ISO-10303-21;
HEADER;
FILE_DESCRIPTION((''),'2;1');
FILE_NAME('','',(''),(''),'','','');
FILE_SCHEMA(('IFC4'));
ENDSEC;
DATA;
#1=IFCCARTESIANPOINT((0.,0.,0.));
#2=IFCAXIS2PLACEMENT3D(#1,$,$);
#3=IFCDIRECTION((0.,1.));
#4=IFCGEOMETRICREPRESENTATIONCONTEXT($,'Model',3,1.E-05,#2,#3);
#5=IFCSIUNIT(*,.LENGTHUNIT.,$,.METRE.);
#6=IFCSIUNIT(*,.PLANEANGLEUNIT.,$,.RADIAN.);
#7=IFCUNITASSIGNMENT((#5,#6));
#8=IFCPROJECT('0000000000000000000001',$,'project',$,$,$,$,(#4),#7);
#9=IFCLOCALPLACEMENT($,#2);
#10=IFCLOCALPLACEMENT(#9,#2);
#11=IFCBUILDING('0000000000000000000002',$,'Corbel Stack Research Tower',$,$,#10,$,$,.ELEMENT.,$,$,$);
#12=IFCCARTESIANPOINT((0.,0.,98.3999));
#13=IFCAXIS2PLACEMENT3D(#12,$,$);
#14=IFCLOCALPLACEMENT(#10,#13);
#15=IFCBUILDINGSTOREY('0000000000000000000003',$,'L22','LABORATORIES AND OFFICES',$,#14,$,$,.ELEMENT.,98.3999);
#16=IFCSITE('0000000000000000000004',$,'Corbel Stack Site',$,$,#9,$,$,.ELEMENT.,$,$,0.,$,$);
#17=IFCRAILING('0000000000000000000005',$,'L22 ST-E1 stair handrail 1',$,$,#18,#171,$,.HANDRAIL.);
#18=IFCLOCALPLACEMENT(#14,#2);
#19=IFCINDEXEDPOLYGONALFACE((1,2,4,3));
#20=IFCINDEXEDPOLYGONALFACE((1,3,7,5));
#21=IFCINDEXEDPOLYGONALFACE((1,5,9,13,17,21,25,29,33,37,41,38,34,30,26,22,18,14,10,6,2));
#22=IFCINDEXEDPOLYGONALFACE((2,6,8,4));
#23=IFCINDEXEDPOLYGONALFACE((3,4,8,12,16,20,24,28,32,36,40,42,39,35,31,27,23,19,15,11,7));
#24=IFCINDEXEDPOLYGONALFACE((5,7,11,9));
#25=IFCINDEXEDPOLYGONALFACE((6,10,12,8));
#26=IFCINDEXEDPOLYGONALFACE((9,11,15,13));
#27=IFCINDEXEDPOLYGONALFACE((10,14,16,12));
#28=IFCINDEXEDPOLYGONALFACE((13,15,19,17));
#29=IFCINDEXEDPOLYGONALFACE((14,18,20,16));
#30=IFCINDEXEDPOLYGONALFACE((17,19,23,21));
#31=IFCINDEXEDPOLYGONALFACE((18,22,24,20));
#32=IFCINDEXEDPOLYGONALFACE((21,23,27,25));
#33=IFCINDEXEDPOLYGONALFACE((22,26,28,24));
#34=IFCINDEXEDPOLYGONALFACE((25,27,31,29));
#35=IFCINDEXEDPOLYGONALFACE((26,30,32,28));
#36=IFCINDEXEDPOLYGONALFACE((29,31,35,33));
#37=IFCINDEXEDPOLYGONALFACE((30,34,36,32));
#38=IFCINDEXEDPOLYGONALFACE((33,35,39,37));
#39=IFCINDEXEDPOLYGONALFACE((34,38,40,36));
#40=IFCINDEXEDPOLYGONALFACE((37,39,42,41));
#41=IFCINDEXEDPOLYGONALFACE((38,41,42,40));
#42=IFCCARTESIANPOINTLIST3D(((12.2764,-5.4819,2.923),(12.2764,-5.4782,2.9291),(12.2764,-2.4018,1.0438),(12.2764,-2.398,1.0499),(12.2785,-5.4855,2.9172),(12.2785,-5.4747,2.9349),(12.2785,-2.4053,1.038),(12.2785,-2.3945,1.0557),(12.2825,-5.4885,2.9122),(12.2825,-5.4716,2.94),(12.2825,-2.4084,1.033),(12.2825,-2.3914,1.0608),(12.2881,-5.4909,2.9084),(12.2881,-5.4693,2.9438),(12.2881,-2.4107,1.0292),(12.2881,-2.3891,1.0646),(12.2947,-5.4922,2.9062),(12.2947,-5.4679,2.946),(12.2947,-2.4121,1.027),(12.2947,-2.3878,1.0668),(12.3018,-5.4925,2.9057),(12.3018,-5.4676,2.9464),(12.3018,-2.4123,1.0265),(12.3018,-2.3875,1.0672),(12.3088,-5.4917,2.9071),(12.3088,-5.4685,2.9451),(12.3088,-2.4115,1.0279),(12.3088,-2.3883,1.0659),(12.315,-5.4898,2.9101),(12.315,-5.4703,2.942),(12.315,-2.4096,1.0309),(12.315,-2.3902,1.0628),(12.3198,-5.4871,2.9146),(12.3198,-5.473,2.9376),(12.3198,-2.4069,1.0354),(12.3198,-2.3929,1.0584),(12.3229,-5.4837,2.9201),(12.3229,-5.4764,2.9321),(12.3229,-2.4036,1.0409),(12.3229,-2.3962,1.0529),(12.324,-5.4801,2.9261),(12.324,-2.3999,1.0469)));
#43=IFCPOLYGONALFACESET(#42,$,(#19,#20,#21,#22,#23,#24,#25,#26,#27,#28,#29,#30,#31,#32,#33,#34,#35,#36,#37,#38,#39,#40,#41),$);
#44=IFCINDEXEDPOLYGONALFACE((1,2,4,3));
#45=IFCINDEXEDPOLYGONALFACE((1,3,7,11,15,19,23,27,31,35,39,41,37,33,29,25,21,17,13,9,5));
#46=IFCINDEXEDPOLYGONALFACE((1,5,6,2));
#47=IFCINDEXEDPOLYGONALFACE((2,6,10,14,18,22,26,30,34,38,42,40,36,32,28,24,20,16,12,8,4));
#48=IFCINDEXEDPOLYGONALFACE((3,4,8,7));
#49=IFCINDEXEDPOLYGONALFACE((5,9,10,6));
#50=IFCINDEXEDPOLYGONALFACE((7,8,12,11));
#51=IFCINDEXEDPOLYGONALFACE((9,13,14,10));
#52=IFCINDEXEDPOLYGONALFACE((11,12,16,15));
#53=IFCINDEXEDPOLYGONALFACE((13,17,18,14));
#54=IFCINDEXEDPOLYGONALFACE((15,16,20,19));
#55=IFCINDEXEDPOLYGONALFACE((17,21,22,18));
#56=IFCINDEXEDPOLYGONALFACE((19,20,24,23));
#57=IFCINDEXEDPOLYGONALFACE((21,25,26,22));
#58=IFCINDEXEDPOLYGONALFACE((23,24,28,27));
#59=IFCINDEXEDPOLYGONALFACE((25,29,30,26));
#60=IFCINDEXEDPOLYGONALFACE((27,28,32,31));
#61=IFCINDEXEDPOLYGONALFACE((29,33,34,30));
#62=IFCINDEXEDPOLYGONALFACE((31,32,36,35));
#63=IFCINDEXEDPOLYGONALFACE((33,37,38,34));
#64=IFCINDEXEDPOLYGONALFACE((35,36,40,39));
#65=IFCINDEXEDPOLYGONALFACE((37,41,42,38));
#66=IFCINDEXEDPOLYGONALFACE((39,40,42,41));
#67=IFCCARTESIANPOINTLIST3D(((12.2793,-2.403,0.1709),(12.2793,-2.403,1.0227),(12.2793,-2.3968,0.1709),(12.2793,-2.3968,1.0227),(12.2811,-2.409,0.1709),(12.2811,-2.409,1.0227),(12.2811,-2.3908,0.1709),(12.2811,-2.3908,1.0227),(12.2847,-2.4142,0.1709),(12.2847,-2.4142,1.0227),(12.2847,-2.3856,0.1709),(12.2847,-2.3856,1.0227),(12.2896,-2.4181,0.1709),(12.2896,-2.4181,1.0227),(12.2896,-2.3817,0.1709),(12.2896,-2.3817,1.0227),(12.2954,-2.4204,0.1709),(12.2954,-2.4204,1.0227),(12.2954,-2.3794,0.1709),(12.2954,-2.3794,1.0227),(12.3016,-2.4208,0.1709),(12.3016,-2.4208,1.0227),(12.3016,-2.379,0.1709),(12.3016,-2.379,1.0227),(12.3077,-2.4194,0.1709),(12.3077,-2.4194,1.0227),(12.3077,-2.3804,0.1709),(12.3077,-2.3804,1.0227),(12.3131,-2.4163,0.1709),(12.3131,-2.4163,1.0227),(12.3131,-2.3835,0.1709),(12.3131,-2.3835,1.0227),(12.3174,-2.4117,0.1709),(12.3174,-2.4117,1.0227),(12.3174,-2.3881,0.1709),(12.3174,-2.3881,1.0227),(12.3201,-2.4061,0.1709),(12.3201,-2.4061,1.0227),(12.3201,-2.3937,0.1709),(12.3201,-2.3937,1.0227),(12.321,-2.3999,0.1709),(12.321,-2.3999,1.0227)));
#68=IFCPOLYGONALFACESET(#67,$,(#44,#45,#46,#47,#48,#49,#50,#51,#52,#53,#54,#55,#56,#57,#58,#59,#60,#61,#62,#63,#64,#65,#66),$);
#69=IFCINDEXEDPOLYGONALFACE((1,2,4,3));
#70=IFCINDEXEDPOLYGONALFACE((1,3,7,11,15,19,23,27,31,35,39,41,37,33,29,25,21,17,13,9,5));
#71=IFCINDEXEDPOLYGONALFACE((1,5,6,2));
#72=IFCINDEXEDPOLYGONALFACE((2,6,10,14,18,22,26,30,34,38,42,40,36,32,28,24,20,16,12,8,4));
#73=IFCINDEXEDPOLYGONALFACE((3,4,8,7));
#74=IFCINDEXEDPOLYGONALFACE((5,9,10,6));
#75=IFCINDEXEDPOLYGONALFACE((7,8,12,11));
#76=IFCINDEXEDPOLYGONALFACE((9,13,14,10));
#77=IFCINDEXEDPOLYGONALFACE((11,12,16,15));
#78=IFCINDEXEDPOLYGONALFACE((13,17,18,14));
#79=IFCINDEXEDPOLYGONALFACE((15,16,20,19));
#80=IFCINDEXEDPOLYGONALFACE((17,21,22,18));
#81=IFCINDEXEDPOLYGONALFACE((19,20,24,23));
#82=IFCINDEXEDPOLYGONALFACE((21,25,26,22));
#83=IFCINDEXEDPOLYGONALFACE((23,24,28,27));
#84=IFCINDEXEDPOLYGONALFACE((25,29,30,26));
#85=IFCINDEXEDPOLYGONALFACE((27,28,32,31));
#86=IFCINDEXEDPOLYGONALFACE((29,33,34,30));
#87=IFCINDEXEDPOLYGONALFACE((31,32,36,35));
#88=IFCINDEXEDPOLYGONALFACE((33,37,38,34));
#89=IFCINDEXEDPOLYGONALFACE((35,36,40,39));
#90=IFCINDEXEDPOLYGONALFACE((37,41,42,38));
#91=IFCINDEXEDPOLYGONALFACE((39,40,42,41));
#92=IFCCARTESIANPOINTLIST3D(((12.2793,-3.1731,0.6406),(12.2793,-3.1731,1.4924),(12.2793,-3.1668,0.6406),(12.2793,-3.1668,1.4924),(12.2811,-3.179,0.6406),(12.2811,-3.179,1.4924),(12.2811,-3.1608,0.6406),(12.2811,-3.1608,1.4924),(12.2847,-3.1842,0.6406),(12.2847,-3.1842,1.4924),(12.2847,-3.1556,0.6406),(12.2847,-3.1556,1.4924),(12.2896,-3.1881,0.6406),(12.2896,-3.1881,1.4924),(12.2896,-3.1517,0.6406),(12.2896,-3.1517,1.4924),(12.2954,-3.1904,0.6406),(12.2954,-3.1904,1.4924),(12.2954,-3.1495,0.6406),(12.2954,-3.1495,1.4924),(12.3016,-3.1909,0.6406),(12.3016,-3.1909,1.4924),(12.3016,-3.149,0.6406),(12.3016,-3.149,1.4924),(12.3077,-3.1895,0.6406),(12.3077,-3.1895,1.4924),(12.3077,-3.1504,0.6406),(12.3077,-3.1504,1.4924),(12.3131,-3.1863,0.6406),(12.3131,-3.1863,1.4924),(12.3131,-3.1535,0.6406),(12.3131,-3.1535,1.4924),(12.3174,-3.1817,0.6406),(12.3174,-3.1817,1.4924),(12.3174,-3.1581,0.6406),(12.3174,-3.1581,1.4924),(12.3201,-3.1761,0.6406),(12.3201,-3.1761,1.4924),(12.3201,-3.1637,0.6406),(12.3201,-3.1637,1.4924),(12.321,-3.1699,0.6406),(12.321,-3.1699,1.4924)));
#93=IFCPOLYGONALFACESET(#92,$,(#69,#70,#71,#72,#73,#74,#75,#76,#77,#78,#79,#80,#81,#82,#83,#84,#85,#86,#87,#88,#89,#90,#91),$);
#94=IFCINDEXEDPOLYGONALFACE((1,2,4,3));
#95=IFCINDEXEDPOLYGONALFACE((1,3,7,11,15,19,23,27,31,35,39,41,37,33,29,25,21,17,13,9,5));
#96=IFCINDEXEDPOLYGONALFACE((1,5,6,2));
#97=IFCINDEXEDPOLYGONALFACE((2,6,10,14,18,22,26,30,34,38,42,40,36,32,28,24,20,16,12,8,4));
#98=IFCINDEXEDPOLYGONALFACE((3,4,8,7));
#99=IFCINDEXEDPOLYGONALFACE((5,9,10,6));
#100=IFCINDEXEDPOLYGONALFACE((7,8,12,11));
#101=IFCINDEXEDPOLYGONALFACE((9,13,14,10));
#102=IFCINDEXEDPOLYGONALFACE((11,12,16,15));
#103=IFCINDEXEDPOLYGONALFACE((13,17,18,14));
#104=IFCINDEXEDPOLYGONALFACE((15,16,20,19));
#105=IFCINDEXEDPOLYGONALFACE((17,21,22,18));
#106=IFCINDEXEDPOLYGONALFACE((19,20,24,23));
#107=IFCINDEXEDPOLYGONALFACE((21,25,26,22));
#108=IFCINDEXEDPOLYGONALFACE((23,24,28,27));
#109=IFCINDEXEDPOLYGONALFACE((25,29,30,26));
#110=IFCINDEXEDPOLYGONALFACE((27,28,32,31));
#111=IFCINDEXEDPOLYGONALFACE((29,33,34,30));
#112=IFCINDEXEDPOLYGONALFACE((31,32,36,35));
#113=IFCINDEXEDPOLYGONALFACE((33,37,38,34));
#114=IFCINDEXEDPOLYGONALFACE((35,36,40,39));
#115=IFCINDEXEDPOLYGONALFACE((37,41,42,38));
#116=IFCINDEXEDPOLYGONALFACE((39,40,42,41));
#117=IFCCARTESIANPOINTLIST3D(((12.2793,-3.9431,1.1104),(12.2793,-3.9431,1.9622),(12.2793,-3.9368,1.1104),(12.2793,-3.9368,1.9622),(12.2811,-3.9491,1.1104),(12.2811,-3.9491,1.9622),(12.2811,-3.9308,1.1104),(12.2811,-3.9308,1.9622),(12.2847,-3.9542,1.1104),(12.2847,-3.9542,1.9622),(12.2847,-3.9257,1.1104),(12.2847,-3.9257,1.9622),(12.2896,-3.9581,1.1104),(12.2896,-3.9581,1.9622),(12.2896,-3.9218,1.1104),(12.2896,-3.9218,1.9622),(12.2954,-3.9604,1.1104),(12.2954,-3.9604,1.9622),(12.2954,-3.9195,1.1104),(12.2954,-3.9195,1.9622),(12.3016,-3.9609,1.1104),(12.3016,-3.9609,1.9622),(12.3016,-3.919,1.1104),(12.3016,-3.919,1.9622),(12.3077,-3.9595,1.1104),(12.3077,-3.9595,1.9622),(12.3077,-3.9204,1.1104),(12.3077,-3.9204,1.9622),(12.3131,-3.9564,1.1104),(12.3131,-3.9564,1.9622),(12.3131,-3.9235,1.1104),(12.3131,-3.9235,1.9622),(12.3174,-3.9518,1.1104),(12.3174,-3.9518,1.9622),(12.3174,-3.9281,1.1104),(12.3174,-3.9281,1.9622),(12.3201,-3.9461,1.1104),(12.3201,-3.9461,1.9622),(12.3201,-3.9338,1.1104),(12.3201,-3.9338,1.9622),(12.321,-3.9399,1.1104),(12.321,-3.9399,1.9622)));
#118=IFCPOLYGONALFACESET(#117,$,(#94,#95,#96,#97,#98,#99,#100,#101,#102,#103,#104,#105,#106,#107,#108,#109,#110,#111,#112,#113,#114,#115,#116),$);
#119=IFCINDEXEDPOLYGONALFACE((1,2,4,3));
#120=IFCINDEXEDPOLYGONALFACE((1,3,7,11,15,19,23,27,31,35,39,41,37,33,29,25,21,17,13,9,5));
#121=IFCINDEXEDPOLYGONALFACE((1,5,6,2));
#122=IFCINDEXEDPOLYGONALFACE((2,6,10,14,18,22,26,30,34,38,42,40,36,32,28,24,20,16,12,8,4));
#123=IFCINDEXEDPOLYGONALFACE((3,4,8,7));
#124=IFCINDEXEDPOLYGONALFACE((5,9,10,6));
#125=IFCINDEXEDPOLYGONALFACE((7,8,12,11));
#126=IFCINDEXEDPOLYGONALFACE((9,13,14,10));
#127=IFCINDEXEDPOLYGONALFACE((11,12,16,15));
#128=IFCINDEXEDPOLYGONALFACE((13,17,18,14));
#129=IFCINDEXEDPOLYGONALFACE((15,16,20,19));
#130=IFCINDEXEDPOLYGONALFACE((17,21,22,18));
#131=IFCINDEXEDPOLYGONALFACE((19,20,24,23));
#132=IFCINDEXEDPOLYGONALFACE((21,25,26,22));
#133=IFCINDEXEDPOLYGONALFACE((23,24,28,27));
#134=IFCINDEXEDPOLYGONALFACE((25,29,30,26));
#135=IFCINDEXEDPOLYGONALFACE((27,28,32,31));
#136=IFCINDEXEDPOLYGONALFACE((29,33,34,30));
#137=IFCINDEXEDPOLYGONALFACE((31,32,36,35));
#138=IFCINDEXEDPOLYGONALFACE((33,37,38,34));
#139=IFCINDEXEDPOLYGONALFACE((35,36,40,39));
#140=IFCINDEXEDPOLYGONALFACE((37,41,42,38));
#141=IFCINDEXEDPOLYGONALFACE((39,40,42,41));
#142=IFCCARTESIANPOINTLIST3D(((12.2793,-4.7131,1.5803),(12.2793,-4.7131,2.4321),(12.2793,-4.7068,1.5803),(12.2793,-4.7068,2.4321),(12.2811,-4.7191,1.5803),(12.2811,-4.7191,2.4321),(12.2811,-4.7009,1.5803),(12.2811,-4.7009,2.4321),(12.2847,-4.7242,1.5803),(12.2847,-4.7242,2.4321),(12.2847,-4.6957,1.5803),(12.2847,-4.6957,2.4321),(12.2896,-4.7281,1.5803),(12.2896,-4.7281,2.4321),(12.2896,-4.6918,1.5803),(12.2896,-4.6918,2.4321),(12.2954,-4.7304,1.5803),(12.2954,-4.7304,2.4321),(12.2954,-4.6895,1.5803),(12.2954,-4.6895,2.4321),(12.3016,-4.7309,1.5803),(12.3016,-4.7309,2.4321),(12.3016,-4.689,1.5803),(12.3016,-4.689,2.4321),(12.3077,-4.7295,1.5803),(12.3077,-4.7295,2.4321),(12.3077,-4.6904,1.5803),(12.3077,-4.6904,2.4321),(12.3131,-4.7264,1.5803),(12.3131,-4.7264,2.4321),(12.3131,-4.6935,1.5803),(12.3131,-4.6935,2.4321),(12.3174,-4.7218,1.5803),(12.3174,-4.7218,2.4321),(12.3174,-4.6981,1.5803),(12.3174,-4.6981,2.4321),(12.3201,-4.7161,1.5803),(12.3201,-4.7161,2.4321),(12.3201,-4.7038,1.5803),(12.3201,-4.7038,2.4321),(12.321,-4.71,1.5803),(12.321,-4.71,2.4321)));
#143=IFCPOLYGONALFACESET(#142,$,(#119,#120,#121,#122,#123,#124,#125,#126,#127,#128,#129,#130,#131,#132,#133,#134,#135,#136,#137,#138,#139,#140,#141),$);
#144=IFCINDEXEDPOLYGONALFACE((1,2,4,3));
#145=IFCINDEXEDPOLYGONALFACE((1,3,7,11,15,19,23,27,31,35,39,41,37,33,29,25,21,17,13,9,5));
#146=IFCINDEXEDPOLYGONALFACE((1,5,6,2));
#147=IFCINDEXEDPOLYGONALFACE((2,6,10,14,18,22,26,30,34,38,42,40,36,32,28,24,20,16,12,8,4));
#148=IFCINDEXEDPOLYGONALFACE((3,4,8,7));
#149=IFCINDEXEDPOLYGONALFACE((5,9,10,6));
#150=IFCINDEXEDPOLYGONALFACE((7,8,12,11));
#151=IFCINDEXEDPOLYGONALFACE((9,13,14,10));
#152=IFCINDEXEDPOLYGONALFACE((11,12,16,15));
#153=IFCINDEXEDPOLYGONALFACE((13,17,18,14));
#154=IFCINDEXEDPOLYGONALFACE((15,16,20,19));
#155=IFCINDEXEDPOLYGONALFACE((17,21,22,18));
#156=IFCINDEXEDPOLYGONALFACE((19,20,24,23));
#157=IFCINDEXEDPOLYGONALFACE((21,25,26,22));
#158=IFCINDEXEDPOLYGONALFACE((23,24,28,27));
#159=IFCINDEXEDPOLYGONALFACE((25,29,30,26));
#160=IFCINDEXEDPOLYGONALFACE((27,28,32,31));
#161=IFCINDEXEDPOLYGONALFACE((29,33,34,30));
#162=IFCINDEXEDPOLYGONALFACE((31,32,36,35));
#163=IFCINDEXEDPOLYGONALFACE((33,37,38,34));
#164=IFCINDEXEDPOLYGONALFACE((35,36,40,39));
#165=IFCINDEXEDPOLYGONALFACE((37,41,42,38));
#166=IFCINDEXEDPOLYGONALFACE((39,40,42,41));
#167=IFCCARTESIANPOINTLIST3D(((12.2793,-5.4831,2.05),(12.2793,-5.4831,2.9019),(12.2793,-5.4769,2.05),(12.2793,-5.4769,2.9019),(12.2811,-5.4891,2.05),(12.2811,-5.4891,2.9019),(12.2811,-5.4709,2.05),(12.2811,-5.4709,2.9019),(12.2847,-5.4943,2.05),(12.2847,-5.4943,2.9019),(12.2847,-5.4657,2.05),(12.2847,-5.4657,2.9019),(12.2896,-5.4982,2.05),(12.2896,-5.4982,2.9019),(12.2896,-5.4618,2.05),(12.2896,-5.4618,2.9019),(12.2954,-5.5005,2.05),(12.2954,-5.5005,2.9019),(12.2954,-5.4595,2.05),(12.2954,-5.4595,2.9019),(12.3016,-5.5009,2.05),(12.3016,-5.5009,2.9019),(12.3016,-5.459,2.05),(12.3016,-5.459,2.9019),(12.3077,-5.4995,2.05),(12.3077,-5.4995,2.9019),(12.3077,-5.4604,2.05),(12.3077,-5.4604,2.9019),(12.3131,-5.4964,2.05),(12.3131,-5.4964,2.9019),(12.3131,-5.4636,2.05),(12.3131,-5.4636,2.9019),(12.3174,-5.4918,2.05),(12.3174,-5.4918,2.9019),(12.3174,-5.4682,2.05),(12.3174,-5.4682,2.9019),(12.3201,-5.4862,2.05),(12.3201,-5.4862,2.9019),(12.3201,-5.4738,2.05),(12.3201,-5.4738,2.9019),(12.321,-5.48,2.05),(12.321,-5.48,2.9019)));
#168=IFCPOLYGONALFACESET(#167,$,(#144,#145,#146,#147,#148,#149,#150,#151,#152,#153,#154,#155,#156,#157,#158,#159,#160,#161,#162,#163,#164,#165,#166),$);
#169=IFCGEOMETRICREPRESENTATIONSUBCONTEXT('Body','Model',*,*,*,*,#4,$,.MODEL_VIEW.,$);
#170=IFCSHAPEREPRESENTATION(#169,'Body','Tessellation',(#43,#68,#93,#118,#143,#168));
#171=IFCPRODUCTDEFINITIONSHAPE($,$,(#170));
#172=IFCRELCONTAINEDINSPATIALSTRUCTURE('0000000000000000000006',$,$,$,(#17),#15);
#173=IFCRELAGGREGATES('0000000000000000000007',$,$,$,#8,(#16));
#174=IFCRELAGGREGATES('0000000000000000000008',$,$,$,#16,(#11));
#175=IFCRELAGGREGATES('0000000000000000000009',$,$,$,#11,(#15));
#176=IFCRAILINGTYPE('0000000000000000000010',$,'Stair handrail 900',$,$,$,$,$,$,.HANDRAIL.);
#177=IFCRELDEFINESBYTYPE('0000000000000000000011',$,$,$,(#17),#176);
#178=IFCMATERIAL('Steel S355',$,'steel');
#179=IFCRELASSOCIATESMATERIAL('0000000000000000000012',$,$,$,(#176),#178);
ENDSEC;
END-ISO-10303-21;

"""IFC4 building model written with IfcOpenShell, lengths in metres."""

from ifc_helpers import new_model, si_unit, direction, frame, origin, origin_2d, place, context, subcontext, project, spatial, circle, extrude, material, type_object, element, save


model = new_model("IFC4")

# Units and contexts
model_context = context("Model", 3, precision=1e-05, world=origin(), true_north=direction((0.0, 1.0)))
body_context = subcontext(model_context, "Body", "Model", "MODEL_VIEW")
ifc_project = project(units=[si_unit("LENGTHUNIT", "METRE"), si_unit("PLANEANGLEUNIT", "RADIAN")], contexts=[model_context])

# Site, building, storey
site_placement = place(None, origin())
site = spatial("IfcSite", under=ifc_project, at=site_placement, Name="Corbel Stack Site", CompositionType="ELEMENT", RefElevation=0.0)
building_placement = place(site_placement, origin())
building = spatial("IfcBuilding", under=site, at=building_placement, Name="Corbel Stack Research Tower", CompositionType="ELEMENT")
storey_placement = place(building_placement, frame((0.0, 0.0, 98.3999)))
storey = spatial("IfcBuildingStorey", under=building, at=storey_placement, Name="L22", Description="LABORATORIES AND OFFICES", CompositionType="ELEMENT", Elevation=98.3999)

# Railing
ifc_material_1 = material(Name="Steel S355", Category="steel")
railing_type_1 = type_object("IfcRailingType", Name="Stair handrail 900", PredefinedType="HANDRAIL", material=ifc_material_1)
railing_1_placement = place(storey_placement, frame((12.3, -2.3999, 0.1709)))
element("IfcRailing", 1, at=railing_1_placement, inside=storey, type_object=railing_type_1, Name="L22 ST-E1 stair handrail 1", PredefinedType="HANDRAIL", context=body_context, shape_type="SweptSolid", body=[
    extrude(circle(Radius=0.0239, at=origin_2d()), frame((0.0, 0.0, 0.876), z_axis=(0.0, -0.853666, 0.52082), x_axis=(1.0, 0.0, 0.0)), (0.0, 0.0, 1.0), 3.6082),
    extrude(circle(Radius=0.021, at=origin_2d()), origin(), (0.0, 0.0, 1.0), 0.8518),
    extrude(circle(Radius=0.021, at=origin_2d()), frame((0.0, -0.77, 0.4697)), (0.0, 0.0, 1.0), 0.8518),
    extrude(circle(Radius=0.021, at=origin_2d()), frame((0.0, -1.54, 0.9395)), (0.0, 0.0, 1.0), 0.8518),
    extrude(circle(Radius=0.021, at=origin_2d()), frame((0.0, -2.3101, 1.4094)), (0.0, 0.0, 1.0), 0.8518),
    extrude(circle(Radius=0.021, at=origin_2d()), frame((0.0, -3.0801, 1.8792)), (0.0, 0.0, 1.0), 0.8518),
])

save(model, "model.ifc")
